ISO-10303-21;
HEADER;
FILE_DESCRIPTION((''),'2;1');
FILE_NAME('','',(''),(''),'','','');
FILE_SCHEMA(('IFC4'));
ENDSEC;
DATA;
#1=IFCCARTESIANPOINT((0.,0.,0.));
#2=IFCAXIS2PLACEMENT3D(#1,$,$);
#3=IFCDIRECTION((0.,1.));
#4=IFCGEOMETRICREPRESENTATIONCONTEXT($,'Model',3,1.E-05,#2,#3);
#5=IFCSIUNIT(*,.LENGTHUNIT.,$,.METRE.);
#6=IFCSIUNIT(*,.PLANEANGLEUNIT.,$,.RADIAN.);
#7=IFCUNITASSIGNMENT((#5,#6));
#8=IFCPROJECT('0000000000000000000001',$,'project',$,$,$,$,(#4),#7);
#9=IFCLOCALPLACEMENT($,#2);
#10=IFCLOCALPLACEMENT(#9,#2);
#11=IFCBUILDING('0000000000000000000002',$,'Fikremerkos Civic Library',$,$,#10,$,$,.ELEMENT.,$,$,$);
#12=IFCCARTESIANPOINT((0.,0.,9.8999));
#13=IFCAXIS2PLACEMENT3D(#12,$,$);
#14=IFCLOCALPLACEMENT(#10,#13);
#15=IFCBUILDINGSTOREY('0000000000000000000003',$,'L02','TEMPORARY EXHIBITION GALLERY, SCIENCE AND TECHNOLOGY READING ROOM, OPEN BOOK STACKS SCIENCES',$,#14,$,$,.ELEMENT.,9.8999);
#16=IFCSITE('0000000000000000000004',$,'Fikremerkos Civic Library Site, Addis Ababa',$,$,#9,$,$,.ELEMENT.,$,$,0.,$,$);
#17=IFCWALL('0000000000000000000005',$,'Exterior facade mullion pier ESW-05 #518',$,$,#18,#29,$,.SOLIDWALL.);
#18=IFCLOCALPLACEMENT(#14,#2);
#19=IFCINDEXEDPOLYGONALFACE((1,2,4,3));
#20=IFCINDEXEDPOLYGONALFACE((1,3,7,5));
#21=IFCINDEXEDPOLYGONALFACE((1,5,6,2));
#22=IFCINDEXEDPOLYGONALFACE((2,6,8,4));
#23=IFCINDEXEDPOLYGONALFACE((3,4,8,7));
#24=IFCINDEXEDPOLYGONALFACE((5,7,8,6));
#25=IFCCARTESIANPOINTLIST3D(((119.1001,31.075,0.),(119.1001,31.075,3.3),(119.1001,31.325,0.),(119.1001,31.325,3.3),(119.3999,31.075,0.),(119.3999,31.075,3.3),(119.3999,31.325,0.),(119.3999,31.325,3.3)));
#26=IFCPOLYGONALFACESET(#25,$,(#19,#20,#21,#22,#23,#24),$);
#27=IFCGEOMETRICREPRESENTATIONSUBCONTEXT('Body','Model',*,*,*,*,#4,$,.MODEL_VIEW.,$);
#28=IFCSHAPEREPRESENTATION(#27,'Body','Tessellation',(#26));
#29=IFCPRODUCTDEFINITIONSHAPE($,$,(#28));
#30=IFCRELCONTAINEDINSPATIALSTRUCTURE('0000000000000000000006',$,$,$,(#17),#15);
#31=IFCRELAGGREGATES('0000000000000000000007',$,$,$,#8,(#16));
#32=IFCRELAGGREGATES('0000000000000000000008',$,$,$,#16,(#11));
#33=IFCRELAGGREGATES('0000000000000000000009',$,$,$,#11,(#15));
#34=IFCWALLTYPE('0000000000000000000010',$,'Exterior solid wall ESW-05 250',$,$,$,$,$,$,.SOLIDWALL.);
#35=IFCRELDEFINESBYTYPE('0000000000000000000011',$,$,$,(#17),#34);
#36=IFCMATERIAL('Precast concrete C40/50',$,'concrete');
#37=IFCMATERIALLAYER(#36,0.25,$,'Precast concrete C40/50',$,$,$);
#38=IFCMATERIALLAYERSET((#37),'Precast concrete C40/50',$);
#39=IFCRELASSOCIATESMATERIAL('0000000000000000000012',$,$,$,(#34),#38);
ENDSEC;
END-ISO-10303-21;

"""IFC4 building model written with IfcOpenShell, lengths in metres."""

from ifc_helpers import new_model, si_unit, direction, frame, frame_2d, origin, place, context, subcontext, project, spatial, rectangle, extrude, material, layer, layer_set, type_object, element, save


model = new_model("IFC4")

# Units and contexts
model_context = context("Model", 3, precision=1e-05, world=origin(), true_north=direction((0.0, 1.0)))
body_context = subcontext(model_context, "Body", "Model", "MODEL_VIEW")
ifc_project = project(units=[si_unit("LENGTHUNIT", "METRE"), si_unit("PLANEANGLEUNIT", "RADIAN")], contexts=[model_context])

# Site, building, storey
site_placement = place(None, origin())
site = spatial("IfcSite", under=ifc_project, at=site_placement, Name="Fikremerkos Civic Library Site, Addis Ababa", CompositionType="ELEMENT", RefElevation=0.0)
building_placement = place(site_placement, origin())
building = spatial("IfcBuilding", under=site, at=building_placement, Name="Fikremerkos Civic Library", CompositionType="ELEMENT")
storey_placement = place(building_placement, frame((0.0, 0.0, 9.8999)))
storey = spatial("IfcBuildingStorey", under=building, at=storey_placement, Name="L02", Description="TEMPORARY EXHIBITION GALLERY, SCIENCE AND TECHNOLOGY READING ROOM, OPEN BOOK STACKS SCIENCES", CompositionType="ELEMENT", Elevation=9.8999)

# Wall
ifc_material_1 = material(Name="Precast concrete C40/50", Category="concrete")
ifc_layer_1 = layer(ifc_material_1, 0.25, Name="Precast concrete C40/50")
ifc_layer_set_1 = layer_set([ifc_layer_1], Name="Precast concrete C40/50")
wall_type = type_object("IfcWallType", Name="Exterior solid wall ESW-05 250", PredefinedType="SOLIDWALL", material=ifc_layer_set_1)
wall_placement = place(storey_placement, frame((119.1001, 31.2, 0.0), z_axis=(0.0, 0.0, 1.0), x_axis=(1.0, 0.0, 0.0)))
element("IfcWall", 1, at=wall_placement, inside=storey, type_object=wall_type, Name="Exterior facade mullion pier ESW-05 #518", PredefinedType="SOLIDWALL", context=body_context, shape_type="SweptSolid", body=[
    extrude(rectangle(XDim=0.2998, YDim=0.25, at=frame_2d((0.1499, 0.0))), origin(), (0.0, 0.0, 1.0), 3.3),
])

save(model, "model.ifc")
